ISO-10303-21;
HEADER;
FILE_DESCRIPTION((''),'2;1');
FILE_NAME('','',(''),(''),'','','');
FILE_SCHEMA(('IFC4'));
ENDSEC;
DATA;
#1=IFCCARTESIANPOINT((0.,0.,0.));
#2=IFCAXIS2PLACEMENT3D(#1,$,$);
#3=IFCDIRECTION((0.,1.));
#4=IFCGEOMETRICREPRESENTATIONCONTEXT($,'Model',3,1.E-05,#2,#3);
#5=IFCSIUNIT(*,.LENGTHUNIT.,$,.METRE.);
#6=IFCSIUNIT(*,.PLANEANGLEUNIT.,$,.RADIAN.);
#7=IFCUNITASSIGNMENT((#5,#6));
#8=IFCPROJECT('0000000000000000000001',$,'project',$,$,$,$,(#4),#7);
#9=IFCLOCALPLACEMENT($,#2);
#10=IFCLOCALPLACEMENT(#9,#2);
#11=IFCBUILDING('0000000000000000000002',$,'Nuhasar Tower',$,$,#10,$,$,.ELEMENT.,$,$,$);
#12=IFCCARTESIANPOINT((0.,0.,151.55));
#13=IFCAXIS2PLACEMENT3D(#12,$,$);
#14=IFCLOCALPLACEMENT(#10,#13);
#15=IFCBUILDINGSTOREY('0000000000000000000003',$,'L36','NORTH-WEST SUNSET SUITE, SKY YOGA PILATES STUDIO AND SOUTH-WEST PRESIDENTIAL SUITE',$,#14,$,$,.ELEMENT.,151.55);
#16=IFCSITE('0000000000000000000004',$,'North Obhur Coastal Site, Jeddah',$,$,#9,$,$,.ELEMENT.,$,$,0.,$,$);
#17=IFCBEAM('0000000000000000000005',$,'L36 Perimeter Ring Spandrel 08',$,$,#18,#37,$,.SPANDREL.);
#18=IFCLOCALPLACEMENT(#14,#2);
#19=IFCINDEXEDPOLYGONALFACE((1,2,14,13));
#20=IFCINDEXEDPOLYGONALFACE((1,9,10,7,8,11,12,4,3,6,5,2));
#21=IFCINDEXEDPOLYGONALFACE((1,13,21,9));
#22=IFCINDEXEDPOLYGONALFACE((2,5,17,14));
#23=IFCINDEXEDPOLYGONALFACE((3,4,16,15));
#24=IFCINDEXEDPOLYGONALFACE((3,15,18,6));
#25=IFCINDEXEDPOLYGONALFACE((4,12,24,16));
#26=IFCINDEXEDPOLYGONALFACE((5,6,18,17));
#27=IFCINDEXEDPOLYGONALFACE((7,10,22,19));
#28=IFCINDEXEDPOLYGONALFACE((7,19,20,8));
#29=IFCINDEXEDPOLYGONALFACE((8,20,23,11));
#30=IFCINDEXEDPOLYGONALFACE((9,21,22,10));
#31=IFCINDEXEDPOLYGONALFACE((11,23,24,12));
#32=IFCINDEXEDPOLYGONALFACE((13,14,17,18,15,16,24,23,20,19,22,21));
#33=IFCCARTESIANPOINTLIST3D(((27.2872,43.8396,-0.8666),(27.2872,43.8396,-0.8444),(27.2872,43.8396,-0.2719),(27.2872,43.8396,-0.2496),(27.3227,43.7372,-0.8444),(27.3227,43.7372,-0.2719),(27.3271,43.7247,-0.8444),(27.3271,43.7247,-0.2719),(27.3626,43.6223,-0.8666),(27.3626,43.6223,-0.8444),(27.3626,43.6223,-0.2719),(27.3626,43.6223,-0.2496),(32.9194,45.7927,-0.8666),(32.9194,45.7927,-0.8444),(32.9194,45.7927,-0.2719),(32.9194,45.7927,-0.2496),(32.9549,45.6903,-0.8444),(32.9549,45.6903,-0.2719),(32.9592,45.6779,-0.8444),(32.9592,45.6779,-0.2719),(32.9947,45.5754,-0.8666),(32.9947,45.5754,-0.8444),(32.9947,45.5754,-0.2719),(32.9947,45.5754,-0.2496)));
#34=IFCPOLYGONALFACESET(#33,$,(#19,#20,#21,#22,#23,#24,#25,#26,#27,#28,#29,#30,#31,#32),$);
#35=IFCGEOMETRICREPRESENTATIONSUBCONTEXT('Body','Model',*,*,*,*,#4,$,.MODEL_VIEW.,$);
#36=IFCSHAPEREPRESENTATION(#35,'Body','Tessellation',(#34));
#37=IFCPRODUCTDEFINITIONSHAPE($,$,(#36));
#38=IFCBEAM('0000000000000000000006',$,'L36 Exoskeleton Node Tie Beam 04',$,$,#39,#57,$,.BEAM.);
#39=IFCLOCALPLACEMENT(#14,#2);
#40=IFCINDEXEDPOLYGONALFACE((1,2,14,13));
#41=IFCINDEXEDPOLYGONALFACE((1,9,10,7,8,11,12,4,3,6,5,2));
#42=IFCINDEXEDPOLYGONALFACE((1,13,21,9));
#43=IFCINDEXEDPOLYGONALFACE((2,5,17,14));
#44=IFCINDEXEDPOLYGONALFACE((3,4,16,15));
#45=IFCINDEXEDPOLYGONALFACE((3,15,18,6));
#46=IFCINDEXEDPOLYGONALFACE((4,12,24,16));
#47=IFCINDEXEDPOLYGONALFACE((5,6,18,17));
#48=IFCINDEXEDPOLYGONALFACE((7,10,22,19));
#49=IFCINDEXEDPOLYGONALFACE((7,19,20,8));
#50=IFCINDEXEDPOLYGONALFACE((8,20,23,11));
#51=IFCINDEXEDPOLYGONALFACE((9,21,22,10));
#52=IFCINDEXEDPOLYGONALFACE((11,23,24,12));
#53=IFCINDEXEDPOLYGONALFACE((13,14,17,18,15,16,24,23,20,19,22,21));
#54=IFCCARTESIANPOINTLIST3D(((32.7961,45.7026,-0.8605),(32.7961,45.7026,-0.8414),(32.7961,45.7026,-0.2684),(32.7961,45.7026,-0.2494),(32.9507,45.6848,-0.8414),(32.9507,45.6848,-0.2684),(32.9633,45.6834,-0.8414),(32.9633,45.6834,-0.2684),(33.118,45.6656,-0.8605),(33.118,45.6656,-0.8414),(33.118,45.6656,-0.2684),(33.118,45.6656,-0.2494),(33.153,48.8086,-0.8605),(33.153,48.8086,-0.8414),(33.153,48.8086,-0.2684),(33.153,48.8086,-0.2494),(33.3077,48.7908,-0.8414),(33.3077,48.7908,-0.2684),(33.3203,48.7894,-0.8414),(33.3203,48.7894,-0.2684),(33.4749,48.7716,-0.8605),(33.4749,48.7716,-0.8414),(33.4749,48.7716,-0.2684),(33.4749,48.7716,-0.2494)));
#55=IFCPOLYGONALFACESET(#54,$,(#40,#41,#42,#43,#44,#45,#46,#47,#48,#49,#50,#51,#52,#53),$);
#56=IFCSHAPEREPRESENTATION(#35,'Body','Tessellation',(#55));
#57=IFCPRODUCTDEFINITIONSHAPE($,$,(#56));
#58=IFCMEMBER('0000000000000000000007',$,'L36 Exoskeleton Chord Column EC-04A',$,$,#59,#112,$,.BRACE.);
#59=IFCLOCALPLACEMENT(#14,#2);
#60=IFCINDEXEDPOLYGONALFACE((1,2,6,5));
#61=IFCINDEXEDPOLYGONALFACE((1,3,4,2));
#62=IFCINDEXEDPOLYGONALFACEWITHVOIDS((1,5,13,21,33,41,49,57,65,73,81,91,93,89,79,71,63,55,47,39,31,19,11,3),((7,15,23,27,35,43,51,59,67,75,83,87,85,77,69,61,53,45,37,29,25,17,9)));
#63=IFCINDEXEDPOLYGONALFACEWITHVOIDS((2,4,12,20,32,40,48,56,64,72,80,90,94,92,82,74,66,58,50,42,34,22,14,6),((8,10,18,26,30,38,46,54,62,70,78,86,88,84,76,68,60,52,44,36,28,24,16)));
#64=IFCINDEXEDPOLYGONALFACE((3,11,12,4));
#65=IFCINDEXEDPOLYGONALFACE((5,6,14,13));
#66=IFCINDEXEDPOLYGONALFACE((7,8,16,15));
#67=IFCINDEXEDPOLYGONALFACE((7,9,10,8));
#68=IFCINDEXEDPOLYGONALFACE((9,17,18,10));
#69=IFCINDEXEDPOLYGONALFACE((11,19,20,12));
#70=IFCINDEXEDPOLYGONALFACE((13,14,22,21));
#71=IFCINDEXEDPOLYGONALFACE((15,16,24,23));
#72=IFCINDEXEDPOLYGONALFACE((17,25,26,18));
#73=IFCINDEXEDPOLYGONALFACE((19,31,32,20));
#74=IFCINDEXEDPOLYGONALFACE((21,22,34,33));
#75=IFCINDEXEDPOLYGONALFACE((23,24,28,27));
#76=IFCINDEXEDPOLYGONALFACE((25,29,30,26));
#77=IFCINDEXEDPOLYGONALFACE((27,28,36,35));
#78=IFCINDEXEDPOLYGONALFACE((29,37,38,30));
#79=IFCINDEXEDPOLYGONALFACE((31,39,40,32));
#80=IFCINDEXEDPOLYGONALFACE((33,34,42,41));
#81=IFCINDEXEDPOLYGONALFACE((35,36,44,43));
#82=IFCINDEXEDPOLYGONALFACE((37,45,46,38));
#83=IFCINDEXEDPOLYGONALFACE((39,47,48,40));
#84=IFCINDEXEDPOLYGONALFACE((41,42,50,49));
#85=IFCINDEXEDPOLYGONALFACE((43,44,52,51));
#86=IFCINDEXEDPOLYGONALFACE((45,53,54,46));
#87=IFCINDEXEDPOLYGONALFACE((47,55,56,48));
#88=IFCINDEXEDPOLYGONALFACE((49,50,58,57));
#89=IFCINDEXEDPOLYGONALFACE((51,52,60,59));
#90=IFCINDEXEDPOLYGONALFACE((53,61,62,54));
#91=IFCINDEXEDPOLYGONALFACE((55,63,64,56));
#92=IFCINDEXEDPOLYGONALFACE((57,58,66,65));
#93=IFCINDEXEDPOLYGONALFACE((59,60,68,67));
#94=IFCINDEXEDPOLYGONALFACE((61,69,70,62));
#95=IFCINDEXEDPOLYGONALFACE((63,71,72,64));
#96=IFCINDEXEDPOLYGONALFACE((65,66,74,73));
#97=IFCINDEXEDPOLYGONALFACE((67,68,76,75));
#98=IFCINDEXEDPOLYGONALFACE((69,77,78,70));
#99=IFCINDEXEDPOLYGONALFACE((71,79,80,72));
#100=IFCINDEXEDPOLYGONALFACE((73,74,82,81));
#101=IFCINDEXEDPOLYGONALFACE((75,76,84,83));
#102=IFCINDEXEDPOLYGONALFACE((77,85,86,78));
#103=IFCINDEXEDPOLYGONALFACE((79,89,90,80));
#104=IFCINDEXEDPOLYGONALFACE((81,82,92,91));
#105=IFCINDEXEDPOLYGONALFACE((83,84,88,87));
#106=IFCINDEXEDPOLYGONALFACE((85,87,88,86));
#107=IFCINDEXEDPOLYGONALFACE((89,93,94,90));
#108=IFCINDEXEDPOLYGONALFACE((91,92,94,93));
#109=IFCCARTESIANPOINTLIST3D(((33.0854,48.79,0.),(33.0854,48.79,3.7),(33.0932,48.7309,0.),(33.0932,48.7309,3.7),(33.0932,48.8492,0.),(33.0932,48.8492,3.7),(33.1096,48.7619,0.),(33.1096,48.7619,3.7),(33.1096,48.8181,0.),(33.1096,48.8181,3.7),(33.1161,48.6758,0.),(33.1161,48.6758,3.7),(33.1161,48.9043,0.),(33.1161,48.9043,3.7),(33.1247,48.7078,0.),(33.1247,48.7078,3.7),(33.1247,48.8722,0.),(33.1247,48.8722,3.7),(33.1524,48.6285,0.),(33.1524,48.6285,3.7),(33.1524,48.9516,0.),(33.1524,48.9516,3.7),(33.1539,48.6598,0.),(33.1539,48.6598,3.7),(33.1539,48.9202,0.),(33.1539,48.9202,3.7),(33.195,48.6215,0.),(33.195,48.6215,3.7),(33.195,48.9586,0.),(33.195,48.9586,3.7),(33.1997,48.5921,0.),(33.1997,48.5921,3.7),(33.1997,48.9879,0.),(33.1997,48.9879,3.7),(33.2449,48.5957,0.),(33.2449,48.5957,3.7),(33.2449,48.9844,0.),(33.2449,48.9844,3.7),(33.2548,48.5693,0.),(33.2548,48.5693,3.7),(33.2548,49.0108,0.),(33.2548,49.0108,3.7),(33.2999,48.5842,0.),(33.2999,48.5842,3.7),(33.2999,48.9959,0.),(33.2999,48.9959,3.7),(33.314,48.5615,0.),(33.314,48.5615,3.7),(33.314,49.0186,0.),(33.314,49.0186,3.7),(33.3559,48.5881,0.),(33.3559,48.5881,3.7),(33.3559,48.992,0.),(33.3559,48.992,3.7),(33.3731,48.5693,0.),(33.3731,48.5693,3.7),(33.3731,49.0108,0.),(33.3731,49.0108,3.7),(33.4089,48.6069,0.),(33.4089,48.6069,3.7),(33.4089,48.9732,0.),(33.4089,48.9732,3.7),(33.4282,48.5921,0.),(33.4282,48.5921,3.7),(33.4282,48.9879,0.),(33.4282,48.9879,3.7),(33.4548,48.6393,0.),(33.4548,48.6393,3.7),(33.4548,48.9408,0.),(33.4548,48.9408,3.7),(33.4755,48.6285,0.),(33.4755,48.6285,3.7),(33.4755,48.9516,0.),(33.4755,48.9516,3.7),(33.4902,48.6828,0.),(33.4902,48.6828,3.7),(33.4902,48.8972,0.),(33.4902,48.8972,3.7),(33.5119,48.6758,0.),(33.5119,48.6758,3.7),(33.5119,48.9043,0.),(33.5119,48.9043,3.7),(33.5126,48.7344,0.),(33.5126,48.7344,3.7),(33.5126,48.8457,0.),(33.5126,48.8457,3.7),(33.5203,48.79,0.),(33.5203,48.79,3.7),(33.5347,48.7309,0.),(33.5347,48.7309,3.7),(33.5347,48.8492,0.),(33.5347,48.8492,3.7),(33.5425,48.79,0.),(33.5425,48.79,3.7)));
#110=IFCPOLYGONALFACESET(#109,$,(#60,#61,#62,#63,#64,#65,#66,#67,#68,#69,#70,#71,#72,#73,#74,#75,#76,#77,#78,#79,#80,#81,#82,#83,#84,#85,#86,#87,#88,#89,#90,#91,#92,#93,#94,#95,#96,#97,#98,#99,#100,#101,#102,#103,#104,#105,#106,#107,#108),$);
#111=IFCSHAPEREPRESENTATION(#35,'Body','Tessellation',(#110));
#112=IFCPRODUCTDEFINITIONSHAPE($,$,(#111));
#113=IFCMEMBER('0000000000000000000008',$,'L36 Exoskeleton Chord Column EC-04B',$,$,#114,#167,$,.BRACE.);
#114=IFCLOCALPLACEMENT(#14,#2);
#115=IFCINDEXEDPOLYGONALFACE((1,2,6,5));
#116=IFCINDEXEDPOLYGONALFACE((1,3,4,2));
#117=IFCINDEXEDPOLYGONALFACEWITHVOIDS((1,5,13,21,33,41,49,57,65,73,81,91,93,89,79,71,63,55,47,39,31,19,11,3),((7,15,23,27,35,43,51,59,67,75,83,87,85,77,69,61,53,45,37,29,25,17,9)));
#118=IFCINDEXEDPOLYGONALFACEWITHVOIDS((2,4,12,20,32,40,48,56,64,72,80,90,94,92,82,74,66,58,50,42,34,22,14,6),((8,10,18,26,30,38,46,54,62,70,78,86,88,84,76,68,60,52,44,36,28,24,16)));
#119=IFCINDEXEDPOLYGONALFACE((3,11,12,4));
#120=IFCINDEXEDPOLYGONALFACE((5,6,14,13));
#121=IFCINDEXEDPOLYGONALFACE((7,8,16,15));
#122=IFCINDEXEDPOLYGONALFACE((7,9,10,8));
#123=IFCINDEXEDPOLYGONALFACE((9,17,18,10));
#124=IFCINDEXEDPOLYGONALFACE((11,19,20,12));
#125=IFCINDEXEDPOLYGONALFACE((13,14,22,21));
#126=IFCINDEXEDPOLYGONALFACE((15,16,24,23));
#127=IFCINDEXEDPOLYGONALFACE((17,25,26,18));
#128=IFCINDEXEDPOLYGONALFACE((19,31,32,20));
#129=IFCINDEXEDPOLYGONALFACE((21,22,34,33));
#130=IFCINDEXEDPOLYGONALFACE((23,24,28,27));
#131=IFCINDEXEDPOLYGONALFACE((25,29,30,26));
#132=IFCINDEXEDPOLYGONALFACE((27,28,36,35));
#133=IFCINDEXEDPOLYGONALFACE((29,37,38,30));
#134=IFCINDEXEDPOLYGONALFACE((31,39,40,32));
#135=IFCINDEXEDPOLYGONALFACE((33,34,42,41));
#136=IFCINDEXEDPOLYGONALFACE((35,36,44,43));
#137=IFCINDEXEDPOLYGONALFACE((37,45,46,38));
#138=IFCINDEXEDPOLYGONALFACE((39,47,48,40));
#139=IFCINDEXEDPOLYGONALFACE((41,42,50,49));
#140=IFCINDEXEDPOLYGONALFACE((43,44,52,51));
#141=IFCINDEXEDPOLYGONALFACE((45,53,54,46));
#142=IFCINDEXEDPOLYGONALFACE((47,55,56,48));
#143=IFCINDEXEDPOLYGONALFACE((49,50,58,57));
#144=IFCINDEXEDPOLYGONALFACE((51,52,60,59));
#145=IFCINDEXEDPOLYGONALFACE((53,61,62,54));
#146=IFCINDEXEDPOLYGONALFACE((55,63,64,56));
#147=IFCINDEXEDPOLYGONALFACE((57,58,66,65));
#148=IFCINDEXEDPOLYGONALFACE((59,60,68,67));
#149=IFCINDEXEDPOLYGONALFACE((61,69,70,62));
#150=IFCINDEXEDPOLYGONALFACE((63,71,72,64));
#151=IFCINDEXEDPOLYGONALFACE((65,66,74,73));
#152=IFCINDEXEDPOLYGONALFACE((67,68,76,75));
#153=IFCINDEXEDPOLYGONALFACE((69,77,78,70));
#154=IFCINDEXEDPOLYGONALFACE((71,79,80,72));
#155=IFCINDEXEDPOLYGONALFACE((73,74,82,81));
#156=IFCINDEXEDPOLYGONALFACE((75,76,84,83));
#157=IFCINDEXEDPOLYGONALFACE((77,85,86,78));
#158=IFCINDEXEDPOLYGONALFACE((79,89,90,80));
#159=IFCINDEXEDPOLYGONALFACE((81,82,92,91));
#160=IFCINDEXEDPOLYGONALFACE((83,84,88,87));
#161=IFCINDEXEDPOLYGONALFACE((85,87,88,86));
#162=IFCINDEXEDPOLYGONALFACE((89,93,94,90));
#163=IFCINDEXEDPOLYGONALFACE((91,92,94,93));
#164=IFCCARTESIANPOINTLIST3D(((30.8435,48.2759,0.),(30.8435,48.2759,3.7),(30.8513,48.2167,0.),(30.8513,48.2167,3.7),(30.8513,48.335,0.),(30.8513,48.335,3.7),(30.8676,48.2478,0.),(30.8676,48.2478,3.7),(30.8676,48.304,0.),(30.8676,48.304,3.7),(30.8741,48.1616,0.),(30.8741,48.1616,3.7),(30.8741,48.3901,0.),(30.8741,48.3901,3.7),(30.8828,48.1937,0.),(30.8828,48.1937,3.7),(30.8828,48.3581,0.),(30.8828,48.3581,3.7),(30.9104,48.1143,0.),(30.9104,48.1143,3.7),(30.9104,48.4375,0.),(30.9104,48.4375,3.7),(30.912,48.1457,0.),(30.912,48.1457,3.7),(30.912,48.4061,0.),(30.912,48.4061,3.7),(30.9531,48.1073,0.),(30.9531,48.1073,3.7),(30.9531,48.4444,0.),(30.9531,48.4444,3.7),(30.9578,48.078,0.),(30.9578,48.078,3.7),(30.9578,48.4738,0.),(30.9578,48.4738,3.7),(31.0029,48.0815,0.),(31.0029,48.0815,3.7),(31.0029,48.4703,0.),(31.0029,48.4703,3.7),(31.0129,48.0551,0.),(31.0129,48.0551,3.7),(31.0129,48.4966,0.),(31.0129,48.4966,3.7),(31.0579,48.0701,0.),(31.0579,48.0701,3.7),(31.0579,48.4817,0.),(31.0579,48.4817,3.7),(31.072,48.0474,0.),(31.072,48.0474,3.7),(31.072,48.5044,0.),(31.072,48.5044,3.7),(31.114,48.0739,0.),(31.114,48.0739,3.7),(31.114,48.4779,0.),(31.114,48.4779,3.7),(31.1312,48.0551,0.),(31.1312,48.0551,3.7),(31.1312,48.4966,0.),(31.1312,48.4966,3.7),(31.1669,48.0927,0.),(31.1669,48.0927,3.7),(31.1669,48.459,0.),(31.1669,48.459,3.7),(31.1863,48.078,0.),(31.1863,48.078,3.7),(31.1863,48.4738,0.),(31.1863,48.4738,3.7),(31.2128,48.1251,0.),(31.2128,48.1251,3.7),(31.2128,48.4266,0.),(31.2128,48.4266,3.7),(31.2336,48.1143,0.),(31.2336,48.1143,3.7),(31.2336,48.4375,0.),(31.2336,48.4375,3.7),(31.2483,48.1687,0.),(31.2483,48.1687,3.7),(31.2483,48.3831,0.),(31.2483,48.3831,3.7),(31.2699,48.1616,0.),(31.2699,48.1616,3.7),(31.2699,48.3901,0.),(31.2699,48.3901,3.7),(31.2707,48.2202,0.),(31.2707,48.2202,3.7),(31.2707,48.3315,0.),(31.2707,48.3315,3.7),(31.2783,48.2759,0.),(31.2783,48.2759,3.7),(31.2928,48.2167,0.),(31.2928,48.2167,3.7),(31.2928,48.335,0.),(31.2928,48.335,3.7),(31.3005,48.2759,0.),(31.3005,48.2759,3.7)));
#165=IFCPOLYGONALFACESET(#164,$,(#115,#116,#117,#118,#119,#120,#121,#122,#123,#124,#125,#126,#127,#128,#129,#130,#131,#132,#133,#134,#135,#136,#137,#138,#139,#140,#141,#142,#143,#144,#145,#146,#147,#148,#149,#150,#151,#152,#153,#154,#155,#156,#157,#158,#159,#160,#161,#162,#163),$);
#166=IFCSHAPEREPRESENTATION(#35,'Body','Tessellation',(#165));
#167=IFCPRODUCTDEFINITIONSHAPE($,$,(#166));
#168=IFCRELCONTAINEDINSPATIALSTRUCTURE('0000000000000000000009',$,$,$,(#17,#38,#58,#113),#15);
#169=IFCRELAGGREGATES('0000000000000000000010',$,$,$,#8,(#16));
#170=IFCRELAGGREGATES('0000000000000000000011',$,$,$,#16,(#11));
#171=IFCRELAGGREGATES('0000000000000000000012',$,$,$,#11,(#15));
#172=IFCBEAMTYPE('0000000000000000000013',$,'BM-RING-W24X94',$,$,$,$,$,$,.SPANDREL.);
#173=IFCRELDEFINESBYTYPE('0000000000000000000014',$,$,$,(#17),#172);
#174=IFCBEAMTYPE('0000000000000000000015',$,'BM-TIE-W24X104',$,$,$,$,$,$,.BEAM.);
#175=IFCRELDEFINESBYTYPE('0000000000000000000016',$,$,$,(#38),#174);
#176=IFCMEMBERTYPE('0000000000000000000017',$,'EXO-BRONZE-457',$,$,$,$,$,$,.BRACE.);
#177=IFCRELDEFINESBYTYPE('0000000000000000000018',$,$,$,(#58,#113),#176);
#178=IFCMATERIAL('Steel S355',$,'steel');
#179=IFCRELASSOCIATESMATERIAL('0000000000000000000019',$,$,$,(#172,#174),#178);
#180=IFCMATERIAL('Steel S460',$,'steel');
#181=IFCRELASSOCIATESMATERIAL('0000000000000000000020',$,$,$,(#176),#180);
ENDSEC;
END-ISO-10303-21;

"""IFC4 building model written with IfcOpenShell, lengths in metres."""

from ifc_helpers import new_model, si_unit, direction, frame, origin, origin_2d, place, context, subcontext, project, spatial, hollow_circle, i_section, extrude, material, material_profile, profile_set, type_object, element, save


model = new_model("IFC4")

# Units and contexts
model_context = context("Model", 3, precision=1e-05, world=origin(), true_north=direction((0.0, 1.0)))
body_context = subcontext(model_context, "Body", "Model", "MODEL_VIEW")
ifc_project = project(units=[si_unit("LENGTHUNIT", "METRE"), si_unit("PLANEANGLEUNIT", "RADIAN")], contexts=[model_context])

# Site, building, storey
site_placement = place(None, origin())
site = spatial("IfcSite", under=ifc_project, at=site_placement, Name="North Obhur Coastal Site, Jeddah", CompositionType="ELEMENT", RefElevation=0.0)
building_placement = place(site_placement, origin())
building = spatial("IfcBuilding", under=site, at=building_placement, Name="Nuhasar Tower", CompositionType="ELEMENT")
storey_placement = place(building_placement, frame((0.0, 0.0, 151.55)))
storey = spatial("IfcBuildingStorey", under=building, at=storey_placement, Name="L36", Description="NORTH-WEST SUNSET SUITE, SKY YOGA PILATES STUDIO AND SOUTH-WEST PRESIDENTIAL SUITE", CompositionType="ELEMENT", Elevation=151.55)

# Beams
ifc_material_1 = material(Name="Steel S355", Category="steel")
ifc_material_profile_1 = material_profile(ifc_material_1, i_section(OverallWidth=0.23, OverallDepth=0.6169, WebThickness=0.0132, FlangeThickness=0.0222, at=origin_2d()), Name="W24X94")
ifc_profile_set_1 = profile_set([ifc_material_profile_1], Name="Steel S355")
beam_type_1 = type_object("IfcBeamType", Name="BM-RING-W24X94", PredefinedType="SPANDREL", material=ifc_profile_set_1)
beam_1_placement = place(storey_placement, frame((32.957, 45.6841, -0.5581), z_axis=(-0.944801, -0.327644, 0.0), x_axis=(0.327644, -0.944801, 0.0)))
element("IfcBeam", 1, at=beam_1_placement, inside=storey, type_object=beam_type_1, Name="L36 Perimeter Ring Spandrel 08", PredefinedType="SPANDREL", context=body_context, shape_type="SweptSolid", body=[
    extrude(i_section(OverallWidth=0.23, OverallDepth=0.6169, WebThickness=0.0132, FlangeThickness=0.0222, at=origin_2d()), origin(), (0.0, 0.0, 1.0), 5.9612),
])
ifc_material_profile_2 = material_profile(ifc_material_1, i_section(OverallWidth=0.324, OverallDepth=0.6111, WebThickness=0.0127, FlangeThickness=0.019, at=origin_2d()), Name="W24X104")
ifc_profile_set_2 = profile_set([ifc_material_profile_2], Name="Steel S355")
beam_type_2 = type_object("IfcBeamType", Name="BM-TIE-W24X104", PredefinedType="BEAM", material=ifc_profile_set_2)
beam_2_placement = place(storey_placement, frame((32.957, 45.6841, -0.5549), z_axis=(0.114168, 0.993461, 0.0), x_axis=(-0.993461, 0.114168, 0.0)))
element("IfcBeam", 2, at=beam_2_placement, inside=storey, type_object=beam_type_2, Name="L36 Exoskeleton Node Tie Beam 04", PredefinedType="BEAM", context=body_context, shape_type="SweptSolid", body=[
    extrude(i_section(OverallWidth=0.324, OverallDepth=0.6111, WebThickness=0.0127, FlangeThickness=0.019, at=origin_2d()), origin(), (0.0, 0.0, 1.0), 3.1265),
])

# Members
ifc_material_2 = material(Name="Steel S460", Category="steel")
ifc_material_profile_3 = material_profile(ifc_material_2, hollow_circle(Radius=0.2285, WallThickness=0.0222, at=origin_2d()), Name="HSS457X22.2")
ifc_profile_set_3 = profile_set([ifc_material_profile_3], Name="Steel S460")
member_type = type_object("IfcMemberType", Name="EXO-BRONZE-457", PredefinedType="BRACE", material=ifc_profile_set_3)
for number, where, z_axis, x_axis, name in (
    (3, (33.314, 48.79, 0.0), (0.0, 0.0, 1.0), (1.0, 0.0, 0.0), "L36 Exoskeleton Chord Column EC-04A"),
    (4, (31.072, 48.2759, 0.0), (0.0, 0.0, 1.0), (1.0, 0.0, 0.0), "L36 Exoskeleton Chord Column EC-04B"),
):
    element("IfcMember", number, at=place(storey_placement, frame(where, z_axis=z_axis, x_axis=x_axis)), inside=storey, type_object=member_type, Name=name, PredefinedType="BRACE", context=body_context, shape_type="SweptSolid", body=[
        extrude(hollow_circle(Radius=0.2285, WallThickness=0.0222, at=origin_2d()), origin(), (0.0, 0.0, 1.0), 3.7),
    ])

save(model, "model.ifc")
